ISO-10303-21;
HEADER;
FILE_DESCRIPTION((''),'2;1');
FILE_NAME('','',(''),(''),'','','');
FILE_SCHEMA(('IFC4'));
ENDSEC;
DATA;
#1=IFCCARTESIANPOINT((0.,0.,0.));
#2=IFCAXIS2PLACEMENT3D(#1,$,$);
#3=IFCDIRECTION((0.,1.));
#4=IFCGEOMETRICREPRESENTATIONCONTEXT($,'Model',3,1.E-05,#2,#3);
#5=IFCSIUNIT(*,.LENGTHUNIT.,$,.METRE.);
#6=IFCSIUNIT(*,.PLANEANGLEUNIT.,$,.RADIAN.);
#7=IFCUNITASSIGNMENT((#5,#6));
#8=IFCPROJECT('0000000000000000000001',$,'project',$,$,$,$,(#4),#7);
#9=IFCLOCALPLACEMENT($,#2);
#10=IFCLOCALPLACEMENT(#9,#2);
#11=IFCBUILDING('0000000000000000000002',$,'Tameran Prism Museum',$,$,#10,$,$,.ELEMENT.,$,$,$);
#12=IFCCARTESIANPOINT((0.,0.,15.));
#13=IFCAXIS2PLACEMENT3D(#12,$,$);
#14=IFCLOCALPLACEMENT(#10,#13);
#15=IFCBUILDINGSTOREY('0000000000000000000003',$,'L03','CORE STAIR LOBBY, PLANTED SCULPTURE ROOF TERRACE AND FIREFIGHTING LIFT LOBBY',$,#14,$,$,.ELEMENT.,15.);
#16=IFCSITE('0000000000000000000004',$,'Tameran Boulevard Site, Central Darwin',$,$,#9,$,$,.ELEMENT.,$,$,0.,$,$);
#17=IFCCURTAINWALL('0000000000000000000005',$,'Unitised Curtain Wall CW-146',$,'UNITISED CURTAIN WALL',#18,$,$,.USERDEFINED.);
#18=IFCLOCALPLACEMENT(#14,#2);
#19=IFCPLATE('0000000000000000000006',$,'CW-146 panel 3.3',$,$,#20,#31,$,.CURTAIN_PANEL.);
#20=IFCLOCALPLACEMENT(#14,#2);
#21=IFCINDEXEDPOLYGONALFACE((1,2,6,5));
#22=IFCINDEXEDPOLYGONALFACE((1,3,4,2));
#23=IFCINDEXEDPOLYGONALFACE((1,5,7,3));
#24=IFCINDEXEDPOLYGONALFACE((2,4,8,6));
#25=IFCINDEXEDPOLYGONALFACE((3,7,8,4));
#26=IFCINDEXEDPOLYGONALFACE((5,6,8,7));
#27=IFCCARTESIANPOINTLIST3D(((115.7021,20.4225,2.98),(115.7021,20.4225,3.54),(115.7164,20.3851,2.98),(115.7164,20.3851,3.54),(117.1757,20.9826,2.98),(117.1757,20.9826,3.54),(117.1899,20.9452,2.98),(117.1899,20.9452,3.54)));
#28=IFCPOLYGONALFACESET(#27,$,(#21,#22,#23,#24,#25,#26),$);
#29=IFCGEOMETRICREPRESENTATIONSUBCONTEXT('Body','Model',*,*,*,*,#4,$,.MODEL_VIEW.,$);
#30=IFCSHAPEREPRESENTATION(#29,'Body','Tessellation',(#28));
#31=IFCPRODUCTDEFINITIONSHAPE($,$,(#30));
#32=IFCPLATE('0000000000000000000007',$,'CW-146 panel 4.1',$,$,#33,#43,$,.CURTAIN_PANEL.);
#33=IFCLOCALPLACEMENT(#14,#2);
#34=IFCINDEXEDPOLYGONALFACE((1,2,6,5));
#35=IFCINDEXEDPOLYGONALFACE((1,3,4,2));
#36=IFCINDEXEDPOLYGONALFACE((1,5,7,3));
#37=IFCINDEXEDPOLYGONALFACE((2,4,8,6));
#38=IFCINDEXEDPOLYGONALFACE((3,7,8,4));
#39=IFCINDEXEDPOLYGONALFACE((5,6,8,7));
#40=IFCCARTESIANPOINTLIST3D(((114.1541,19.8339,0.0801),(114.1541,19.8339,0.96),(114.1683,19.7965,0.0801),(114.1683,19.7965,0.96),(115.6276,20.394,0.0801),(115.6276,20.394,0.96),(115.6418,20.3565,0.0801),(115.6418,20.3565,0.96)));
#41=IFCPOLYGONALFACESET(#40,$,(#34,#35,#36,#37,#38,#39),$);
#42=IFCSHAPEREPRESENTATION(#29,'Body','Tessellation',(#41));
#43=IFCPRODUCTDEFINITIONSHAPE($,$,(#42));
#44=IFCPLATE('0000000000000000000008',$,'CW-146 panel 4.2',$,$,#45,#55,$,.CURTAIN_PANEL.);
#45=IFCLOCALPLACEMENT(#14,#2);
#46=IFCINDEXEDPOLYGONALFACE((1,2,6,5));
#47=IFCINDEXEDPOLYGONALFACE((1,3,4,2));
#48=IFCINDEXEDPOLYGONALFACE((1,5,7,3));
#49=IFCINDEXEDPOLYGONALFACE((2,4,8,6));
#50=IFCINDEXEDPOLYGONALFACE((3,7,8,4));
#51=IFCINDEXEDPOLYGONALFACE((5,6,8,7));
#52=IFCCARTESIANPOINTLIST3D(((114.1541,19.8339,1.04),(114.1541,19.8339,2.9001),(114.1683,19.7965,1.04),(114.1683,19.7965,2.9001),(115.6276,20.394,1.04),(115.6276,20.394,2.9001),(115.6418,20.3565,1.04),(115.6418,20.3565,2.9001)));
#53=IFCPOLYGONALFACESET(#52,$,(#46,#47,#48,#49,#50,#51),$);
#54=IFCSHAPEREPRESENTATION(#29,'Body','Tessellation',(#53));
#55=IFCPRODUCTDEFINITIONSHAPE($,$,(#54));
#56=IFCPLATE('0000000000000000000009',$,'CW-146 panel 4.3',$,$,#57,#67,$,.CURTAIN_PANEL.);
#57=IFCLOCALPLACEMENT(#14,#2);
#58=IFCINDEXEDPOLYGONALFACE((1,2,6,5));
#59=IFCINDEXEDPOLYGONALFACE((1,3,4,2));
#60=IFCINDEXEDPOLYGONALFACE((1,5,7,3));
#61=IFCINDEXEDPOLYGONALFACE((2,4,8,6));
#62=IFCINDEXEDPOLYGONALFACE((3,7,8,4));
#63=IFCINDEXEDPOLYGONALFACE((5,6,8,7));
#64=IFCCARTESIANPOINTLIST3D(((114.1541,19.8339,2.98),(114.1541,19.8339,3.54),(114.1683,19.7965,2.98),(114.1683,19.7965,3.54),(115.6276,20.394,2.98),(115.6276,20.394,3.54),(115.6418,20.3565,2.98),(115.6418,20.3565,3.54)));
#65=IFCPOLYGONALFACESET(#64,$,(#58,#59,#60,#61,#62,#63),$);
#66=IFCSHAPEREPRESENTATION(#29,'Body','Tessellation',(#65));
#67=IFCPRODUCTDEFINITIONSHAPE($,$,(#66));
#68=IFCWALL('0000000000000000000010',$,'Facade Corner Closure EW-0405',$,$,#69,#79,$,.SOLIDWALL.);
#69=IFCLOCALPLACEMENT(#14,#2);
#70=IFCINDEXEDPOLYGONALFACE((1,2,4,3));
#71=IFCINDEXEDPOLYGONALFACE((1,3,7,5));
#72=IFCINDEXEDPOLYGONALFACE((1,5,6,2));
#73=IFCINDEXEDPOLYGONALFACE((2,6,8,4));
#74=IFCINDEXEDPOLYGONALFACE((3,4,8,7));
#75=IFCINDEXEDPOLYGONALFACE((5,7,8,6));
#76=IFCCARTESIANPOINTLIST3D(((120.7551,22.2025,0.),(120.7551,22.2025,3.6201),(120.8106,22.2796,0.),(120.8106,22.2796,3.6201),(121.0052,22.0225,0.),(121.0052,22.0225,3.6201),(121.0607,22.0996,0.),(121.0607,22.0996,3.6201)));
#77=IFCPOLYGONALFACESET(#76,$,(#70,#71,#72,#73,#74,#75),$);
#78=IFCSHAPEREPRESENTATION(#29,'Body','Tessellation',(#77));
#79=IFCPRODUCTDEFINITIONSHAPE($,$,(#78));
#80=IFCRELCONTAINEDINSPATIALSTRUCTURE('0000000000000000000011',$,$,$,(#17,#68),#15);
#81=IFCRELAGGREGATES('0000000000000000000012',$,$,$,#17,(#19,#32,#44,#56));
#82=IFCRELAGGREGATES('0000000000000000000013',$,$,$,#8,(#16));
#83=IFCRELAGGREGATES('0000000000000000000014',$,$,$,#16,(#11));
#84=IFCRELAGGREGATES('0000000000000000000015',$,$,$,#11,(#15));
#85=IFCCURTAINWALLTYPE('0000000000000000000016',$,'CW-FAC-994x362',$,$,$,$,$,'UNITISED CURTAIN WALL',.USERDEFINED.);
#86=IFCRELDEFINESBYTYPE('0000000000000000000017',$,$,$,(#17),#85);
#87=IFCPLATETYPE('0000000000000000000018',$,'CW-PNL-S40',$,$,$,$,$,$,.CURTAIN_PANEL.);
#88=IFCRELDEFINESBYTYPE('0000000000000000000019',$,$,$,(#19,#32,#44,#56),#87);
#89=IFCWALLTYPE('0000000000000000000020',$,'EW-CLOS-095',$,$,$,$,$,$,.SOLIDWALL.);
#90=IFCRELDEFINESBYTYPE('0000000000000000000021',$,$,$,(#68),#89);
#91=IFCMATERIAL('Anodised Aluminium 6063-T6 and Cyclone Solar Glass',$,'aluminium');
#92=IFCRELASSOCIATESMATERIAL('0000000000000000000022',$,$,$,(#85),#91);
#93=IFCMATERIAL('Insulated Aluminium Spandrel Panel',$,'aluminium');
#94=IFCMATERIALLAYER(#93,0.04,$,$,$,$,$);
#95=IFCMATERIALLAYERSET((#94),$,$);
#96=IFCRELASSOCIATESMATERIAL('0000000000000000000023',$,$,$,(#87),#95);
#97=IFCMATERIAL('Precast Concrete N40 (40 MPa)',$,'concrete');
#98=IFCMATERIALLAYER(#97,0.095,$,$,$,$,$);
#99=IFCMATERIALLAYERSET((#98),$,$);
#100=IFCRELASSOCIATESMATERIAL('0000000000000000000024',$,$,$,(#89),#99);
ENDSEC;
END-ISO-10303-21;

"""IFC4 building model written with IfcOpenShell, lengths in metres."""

from ifc_helpers import new_model, si_unit, direction, frame, frame_2d, origin, origin_2d, place, context, subcontext, project, spatial, rectangle, extrude, material, layer, layer_set, type_object, element, aggregate, save


model = new_model("IFC4")

# Units and contexts
model_context = context("Model", 3, precision=1e-05, world=origin(), true_north=direction((0.0, 1.0)))
body_context = subcontext(model_context, "Body", "Model", "MODEL_VIEW")
ifc_project = project(units=[si_unit("LENGTHUNIT", "METRE"), si_unit("PLANEANGLEUNIT", "RADIAN")], contexts=[model_context])

# Site, building, storey
site_placement = place(None, origin())
site = spatial("IfcSite", under=ifc_project, at=site_placement, Name="Tameran Boulevard Site, Central Darwin", CompositionType="ELEMENT", RefElevation=0.0)
building_placement = place(site_placement, origin())
building = spatial("IfcBuilding", under=site, at=building_placement, Name="Tameran Prism Museum", CompositionType="ELEMENT")
storey_placement = place(building_placement, frame((0.0, 0.0, 15.0)))
storey = spatial("IfcBuildingStorey", under=building, at=storey_placement, Name="L03", Description="CORE STAIR LOBBY, PLANTED SCULPTURE ROOF TERRACE AND FIREFIGHTING LIFT LOBBY", CompositionType="ELEMENT", Elevation=15.0)

# Curtain wall, plates
ifc_material_1 = material(Name="Anodised Aluminium 6063-T6 and Cyclone Solar Glass", Category="aluminium")
curtain_wall_type = type_object("IfcCurtainWallType", Name="CW-FAC-994x362", ElementType="UNITISED CURTAIN WALL", PredefinedType="USERDEFINED", material=ifc_material_1)
curtain_wall_placement = place(storey_placement, origin())
curtain_wall = element("IfcCurtainWall", 1, at=curtain_wall_placement, inside=storey, type_object=curtain_wall_type, Name="Unitised Curtain Wall CW-146", ObjectType="UNITISED CURTAIN WALL", PredefinedType="USERDEFINED")
ifc_material_2 = material(Name="Insulated Aluminium Spandrel Panel", Category="aluminium")
ifc_layer_1 = layer(ifc_material_2, 0.04)
ifc_layer_set_1 = layer_set([ifc_layer_1])
plate_type = type_object("IfcPlateType", Name="CW-PNL-S40", PredefinedType="CURTAIN_PANEL", material=ifc_layer_set_1)
plate_1_placement = place(storey_placement, frame((116.446, 20.6838, 2.98), z_axis=(0.0, 0.0, 1.0), x_axis=(-0.934757, -0.355288, 0.0)))
plate_1 = element("IfcPlate", 2, at=plate_1_placement, type_object=plate_type, Name="CW-146 panel 3.3", PredefinedType="CURTAIN_PANEL", context=body_context, shape_type="SweptSolid", body=[
    extrude(rectangle(XDim=1.5764, YDim=0.04, at=origin_2d()), origin(), (0.0, 0.0, 1.0), 0.5601),
])
plate_2_placement = place(storey_placement, frame((114.8979, 20.0952, 0.0801), z_axis=(0.0, 0.0, 1.0), x_axis=(-0.934757, -0.355288, 0.0)))
plate_2 = element("IfcPlate", 3, at=plate_2_placement, type_object=plate_type, Name="CW-146 panel 4.1", PredefinedType="CURTAIN_PANEL", context=body_context, shape_type="SweptSolid", body=[
    extrude(rectangle(XDim=1.5764, YDim=0.04, at=origin_2d()), origin(), (0.0, 0.0, 1.0), 0.8799),
])
plate_3_placement = place(storey_placement, frame((114.8979, 20.0952, 1.04), z_axis=(0.0, 0.0, 1.0), x_axis=(-0.934757, -0.355288, 0.0)))
plate_3 = element("IfcPlate", 4, at=plate_3_placement, type_object=plate_type, Name="CW-146 panel 4.2", PredefinedType="CURTAIN_PANEL", context=body_context, shape_type="SweptSolid", body=[
    extrude(rectangle(XDim=1.5764, YDim=0.04, at=origin_2d()), origin(), (0.0, 0.0, 1.0), 1.8601),
])
plate_4_placement = place(storey_placement, frame((114.8979, 20.0952, 2.98), z_axis=(0.0, 0.0, 1.0), x_axis=(-0.934757, -0.355288, 0.0)))
plate_4 = element("IfcPlate", 5, at=plate_4_placement, type_object=plate_type, Name="CW-146 panel 4.3", PredefinedType="CURTAIN_PANEL", context=body_context, shape_type="SweptSolid", body=[
    extrude(rectangle(XDim=1.5764, YDim=0.04, at=origin_2d()), origin(), (0.0, 0.0, 1.0), 0.5601),
])
aggregate(curtain_wall, [plate_1, plate_2, plate_3, plate_4])

# Wall
ifc_material_3 = material(Name="Precast Concrete N40 (40 MPa)", Category="concrete")
ifc_layer_2 = layer(ifc_material_3, 0.095)
ifc_layer_set_2 = layer_set([ifc_layer_2])
wall_type = type_object("IfcWallType", Name="EW-CLOS-095", PredefinedType="SOLIDWALL", material=ifc_layer_set_2)
wall_placement = place(storey_placement, frame((121.033, 22.061, 0.0), z_axis=(0.0, 0.0, 1.0), x_axis=(-0.81164, 0.584159, 0.0)))
element("IfcWall", 6, at=wall_placement, inside=storey, type_object=wall_type, Name="Facade Corner Closure EW-0405", PredefinedType="SOLIDWALL", context=body_context, shape_type="SweptSolid", body=[
    extrude(rectangle(XDim=0.3081, YDim=0.095, at=frame_2d((0.1541, 0.0))), origin(), (0.0, 0.0, 1.0), 3.6201),
])

save(model, "model.ifc")
